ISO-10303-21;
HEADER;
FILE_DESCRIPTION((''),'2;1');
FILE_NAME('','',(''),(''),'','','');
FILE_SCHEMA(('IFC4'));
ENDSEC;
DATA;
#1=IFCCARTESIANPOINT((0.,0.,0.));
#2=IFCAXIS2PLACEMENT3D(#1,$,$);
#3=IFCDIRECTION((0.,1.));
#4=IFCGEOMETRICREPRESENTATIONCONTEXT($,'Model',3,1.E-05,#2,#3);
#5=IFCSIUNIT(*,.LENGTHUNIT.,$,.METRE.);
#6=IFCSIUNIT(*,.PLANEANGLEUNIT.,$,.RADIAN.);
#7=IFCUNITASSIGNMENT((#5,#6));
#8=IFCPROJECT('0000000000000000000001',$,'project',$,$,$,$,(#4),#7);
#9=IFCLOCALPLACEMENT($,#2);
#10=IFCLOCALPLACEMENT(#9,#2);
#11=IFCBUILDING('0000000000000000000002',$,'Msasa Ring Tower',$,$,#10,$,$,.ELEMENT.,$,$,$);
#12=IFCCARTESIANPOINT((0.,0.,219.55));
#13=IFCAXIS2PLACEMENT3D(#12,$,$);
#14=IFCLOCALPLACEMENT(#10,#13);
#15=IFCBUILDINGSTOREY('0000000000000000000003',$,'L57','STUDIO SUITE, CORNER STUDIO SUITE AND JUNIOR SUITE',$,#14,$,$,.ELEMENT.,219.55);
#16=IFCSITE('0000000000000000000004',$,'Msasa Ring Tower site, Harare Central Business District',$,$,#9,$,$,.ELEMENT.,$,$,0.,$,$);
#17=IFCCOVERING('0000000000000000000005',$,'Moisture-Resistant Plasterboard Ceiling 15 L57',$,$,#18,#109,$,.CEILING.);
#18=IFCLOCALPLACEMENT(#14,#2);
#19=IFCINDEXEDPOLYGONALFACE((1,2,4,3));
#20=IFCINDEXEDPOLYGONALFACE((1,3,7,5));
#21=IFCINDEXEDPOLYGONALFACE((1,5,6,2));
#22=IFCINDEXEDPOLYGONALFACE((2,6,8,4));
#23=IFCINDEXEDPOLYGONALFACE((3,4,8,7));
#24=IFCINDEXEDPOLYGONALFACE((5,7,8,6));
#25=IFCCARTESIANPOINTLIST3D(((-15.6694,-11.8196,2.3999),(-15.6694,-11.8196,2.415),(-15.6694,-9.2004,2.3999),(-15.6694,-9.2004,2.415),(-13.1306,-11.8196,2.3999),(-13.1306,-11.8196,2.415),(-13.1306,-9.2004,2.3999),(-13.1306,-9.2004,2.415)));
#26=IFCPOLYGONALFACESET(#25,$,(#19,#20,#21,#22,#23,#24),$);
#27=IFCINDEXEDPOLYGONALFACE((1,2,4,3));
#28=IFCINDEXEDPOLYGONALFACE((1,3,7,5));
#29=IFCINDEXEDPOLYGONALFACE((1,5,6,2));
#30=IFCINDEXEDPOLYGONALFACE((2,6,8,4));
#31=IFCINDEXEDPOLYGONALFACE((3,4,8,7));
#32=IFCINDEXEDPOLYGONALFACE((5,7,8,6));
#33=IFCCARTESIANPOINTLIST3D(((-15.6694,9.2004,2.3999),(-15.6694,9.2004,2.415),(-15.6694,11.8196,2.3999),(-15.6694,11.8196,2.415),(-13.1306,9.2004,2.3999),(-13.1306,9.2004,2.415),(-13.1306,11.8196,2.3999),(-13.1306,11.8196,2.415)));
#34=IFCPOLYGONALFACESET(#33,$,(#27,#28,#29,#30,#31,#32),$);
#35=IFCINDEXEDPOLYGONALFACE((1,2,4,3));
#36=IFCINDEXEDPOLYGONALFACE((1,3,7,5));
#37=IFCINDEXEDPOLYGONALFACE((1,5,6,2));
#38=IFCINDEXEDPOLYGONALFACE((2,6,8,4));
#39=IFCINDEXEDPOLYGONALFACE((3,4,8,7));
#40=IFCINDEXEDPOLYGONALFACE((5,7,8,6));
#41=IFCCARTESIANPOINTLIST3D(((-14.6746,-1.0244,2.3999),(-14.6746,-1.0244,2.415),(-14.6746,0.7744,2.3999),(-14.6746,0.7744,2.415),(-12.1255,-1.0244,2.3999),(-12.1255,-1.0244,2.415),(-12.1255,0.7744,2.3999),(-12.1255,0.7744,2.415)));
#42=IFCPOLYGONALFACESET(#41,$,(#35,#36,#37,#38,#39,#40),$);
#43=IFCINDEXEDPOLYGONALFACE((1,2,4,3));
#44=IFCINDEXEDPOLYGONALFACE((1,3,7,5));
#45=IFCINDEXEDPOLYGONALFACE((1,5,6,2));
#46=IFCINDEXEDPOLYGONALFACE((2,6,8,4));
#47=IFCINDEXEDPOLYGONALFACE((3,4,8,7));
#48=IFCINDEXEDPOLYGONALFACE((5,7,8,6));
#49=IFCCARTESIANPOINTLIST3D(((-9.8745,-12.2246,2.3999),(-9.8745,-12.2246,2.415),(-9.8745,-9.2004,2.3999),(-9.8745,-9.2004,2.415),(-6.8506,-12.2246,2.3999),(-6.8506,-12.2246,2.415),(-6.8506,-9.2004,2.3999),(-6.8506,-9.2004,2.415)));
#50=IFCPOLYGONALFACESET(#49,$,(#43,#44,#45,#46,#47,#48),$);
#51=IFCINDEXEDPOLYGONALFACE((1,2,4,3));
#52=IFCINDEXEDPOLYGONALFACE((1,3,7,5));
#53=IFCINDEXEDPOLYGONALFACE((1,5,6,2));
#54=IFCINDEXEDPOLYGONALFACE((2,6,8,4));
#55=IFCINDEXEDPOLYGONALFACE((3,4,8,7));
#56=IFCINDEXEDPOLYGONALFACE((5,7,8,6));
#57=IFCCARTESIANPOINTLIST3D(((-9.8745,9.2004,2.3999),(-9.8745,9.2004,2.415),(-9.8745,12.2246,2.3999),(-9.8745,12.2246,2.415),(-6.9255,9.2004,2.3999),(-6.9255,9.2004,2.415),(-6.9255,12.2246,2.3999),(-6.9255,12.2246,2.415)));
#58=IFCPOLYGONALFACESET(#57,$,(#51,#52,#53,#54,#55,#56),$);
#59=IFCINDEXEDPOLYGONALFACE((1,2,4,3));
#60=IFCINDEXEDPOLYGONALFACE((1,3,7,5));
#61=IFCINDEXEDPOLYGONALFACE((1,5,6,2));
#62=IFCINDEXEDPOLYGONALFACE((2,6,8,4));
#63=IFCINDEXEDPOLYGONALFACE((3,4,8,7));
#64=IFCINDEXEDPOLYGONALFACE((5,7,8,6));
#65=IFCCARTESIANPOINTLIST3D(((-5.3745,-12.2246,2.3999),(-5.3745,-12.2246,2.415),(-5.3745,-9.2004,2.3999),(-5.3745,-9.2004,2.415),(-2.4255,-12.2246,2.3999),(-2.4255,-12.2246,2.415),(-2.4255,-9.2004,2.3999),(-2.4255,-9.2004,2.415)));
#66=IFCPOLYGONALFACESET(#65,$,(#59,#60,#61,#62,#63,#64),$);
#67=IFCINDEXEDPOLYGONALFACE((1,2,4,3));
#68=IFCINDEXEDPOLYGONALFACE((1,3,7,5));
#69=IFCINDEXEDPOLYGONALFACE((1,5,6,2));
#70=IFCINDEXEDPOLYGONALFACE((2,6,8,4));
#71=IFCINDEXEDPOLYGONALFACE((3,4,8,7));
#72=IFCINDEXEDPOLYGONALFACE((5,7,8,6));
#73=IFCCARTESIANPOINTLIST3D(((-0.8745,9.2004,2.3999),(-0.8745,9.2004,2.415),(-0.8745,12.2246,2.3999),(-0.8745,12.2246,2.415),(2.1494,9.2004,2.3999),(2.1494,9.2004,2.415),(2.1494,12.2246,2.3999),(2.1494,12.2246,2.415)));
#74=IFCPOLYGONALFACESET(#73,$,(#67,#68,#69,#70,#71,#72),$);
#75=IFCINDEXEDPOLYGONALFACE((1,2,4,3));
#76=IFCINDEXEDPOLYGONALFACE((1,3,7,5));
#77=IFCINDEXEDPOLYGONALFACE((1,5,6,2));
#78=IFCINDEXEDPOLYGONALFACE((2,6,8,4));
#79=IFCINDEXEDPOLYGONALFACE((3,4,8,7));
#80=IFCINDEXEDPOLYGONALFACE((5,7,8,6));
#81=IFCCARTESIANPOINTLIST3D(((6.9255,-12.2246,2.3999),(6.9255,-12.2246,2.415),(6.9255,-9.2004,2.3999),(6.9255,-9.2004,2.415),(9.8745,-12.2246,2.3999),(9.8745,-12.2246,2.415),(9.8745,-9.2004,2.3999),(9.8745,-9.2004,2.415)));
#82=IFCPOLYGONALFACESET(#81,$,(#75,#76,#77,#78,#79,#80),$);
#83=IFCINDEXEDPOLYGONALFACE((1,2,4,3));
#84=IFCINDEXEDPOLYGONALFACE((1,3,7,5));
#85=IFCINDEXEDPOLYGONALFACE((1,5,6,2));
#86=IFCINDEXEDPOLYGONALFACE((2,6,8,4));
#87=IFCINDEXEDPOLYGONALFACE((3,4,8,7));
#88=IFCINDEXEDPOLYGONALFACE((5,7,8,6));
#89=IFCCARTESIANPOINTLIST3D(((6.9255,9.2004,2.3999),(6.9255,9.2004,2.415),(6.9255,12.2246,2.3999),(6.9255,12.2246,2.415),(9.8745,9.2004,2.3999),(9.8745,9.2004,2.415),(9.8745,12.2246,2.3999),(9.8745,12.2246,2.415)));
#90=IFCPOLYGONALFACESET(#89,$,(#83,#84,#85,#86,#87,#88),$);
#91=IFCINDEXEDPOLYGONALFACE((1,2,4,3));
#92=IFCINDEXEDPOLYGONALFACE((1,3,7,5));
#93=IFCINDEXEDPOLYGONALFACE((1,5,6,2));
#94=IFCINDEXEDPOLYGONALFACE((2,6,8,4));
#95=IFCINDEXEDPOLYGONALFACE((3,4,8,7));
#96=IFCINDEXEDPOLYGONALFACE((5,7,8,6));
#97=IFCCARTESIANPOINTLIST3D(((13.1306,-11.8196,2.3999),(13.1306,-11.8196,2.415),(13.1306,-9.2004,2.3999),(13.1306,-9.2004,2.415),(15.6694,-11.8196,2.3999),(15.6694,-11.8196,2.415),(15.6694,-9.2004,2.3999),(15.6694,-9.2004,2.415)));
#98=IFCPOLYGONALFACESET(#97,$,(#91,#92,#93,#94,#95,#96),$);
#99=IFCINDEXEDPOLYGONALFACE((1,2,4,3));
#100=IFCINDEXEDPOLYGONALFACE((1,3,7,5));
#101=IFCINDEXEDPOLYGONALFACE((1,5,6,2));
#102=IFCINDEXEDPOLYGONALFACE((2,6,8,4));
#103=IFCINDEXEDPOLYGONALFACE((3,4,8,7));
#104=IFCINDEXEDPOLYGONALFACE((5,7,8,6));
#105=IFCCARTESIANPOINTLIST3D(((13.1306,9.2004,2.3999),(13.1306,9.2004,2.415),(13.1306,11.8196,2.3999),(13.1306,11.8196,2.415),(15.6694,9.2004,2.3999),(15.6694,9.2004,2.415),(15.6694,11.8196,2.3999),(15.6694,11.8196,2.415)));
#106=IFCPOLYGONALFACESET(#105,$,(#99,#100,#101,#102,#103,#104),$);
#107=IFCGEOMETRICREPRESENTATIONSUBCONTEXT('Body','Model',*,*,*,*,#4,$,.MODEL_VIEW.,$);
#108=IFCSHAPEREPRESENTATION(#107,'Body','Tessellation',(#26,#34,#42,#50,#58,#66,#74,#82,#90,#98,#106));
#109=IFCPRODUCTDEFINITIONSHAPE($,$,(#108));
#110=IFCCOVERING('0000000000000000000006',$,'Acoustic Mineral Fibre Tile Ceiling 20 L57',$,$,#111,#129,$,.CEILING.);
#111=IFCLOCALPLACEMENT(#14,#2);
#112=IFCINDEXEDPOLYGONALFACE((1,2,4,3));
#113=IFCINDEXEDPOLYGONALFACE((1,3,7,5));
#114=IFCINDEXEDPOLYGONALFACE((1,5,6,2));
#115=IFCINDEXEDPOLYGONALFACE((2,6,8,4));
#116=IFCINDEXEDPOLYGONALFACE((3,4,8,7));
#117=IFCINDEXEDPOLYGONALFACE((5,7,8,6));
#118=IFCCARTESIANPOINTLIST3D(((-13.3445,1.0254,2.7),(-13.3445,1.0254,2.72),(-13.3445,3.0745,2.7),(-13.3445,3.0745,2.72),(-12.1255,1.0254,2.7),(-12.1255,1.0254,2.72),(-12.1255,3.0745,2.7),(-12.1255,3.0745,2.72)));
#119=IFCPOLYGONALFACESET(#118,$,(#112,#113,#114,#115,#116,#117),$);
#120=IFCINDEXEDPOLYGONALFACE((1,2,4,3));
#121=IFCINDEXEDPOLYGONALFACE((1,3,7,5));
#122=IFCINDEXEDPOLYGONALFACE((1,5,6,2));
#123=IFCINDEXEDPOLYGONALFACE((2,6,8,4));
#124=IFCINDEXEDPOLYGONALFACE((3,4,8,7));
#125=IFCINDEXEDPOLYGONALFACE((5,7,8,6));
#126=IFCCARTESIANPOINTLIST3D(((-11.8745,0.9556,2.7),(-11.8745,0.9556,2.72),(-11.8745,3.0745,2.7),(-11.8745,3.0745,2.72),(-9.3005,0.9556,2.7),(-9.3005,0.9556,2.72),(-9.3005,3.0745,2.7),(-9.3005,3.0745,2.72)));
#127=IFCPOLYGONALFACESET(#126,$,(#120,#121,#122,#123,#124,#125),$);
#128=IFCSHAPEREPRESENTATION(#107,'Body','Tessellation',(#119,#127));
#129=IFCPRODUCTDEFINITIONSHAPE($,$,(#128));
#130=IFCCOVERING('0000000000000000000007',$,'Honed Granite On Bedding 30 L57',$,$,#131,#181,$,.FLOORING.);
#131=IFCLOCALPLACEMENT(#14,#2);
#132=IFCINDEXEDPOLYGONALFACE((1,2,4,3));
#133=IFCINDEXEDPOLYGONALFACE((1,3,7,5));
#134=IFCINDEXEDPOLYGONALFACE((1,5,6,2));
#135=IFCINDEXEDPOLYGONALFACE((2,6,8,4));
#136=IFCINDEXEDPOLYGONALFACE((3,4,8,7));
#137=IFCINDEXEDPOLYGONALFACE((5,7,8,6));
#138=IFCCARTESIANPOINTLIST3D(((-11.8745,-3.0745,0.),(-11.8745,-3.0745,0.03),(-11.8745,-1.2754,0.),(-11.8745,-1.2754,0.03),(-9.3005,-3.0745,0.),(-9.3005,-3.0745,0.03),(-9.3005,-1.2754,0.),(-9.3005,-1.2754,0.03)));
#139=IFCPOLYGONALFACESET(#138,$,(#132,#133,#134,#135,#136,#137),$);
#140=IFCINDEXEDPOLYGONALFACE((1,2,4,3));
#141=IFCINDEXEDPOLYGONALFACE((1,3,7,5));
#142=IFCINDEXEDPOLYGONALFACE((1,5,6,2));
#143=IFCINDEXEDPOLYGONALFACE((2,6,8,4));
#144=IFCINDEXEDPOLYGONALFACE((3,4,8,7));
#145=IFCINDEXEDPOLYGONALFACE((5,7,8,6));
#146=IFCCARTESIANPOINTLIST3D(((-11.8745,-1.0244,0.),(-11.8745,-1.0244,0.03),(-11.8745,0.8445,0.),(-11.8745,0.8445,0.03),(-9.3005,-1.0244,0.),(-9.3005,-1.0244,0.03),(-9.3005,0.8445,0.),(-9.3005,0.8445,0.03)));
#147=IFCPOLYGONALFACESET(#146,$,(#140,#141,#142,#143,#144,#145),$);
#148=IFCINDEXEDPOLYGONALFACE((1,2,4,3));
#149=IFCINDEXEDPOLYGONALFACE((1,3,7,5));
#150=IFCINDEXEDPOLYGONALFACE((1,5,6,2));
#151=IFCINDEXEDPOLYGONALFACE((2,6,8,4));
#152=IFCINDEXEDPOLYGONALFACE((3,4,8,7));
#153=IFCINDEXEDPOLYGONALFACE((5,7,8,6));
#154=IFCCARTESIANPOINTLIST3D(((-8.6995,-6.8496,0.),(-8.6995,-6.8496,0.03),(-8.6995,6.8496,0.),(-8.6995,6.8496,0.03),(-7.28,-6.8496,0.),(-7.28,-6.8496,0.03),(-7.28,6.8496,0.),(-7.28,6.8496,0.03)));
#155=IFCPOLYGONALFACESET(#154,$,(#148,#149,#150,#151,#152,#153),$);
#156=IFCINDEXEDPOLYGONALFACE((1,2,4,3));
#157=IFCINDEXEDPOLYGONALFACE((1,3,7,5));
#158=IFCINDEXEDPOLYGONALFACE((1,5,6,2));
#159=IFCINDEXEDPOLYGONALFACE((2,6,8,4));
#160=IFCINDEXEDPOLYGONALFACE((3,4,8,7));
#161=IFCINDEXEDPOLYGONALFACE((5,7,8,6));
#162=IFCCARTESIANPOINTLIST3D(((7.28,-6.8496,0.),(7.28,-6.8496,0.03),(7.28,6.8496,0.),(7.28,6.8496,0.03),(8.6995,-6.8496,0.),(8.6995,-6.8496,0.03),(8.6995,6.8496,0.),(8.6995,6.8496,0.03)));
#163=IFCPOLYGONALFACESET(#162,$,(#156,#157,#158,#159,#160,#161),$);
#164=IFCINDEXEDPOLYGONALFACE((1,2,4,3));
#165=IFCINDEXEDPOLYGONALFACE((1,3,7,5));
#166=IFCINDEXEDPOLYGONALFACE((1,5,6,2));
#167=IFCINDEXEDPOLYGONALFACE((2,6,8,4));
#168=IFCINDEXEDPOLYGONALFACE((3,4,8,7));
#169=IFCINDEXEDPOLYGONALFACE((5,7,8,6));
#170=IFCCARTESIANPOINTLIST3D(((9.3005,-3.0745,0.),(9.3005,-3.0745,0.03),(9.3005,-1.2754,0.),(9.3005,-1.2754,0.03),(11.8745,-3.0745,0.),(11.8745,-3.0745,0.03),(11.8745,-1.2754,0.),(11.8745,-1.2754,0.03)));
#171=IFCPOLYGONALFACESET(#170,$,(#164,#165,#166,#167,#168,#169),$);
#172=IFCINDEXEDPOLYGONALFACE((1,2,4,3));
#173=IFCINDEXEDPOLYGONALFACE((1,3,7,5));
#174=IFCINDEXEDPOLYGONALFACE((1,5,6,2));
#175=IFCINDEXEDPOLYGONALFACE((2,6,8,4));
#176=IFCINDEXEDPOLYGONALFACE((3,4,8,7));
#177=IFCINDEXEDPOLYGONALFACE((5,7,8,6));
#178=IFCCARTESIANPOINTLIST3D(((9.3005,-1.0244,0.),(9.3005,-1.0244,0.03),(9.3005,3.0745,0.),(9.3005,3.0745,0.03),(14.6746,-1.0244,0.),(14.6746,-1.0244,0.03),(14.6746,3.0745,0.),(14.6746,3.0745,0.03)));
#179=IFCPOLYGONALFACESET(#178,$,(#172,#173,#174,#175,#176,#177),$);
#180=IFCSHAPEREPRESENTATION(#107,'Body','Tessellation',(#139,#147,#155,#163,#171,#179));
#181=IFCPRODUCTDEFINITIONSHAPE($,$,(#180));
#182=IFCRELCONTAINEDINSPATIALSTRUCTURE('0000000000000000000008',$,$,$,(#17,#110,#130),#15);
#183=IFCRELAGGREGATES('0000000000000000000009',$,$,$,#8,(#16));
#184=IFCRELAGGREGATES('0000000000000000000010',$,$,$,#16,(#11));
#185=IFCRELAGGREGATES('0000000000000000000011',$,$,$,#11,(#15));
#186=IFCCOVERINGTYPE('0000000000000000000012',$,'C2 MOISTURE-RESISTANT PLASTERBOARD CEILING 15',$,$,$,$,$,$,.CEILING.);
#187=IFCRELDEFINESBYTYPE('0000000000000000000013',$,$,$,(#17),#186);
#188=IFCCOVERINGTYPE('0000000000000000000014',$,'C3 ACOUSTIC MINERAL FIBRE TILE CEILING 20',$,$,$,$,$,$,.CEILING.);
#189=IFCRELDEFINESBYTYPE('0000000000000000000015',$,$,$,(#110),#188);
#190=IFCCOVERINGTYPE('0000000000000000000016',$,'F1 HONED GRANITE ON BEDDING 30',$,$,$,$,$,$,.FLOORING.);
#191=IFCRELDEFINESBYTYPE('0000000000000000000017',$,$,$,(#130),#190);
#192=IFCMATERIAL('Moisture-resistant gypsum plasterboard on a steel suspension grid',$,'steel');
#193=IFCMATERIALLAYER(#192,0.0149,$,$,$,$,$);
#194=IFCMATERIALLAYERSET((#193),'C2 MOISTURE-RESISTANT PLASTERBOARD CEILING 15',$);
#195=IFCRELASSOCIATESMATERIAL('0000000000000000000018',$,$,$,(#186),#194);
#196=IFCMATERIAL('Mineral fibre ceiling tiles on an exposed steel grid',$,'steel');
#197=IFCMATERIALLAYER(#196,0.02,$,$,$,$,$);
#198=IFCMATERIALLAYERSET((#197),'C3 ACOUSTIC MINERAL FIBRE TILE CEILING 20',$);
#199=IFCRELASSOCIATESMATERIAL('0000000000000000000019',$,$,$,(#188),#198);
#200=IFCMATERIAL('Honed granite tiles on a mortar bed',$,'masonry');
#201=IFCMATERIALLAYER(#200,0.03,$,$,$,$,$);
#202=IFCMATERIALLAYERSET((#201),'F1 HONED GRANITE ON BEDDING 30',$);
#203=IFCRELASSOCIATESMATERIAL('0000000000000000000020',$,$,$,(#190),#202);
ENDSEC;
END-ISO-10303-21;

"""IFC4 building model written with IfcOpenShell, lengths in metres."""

from ifc_helpers import new_model, si_unit, direction, frame, origin, place, context, subcontext, project, spatial, line, indexed_curve, outline, extrude, material, layer, layer_set, type_object, element, save


model = new_model("IFC4")

# Units and contexts
model_context = context("Model", 3, precision=1e-05, world=origin(), true_north=direction((0.0, 1.0)))
body_context = subcontext(model_context, "Body", "Model", "MODEL_VIEW")
ifc_project = project(units=[si_unit("LENGTHUNIT", "METRE"), si_unit("PLANEANGLEUNIT", "RADIAN")], contexts=[model_context])

# Site, building, storey
site_placement = place(None, origin())
site = spatial("IfcSite", under=ifc_project, at=site_placement, Name="Msasa Ring Tower site, Harare Central Business District", CompositionType="ELEMENT", RefElevation=0.0)
building_placement = place(site_placement, origin())
building = spatial("IfcBuilding", under=site, at=building_placement, Name="Msasa Ring Tower", CompositionType="ELEMENT")
storey_placement = place(building_placement, frame((0.0, 0.0, 219.55)))
storey = spatial("IfcBuildingStorey", under=building, at=storey_placement, Name="L57", Description="STUDIO SUITE, CORNER STUDIO SUITE AND JUNIOR SUITE", CompositionType="ELEMENT", Elevation=219.55)

# Coverings
ifc_material_1 = material(Name="Moisture-resistant gypsum plasterboard on a steel suspension grid", Category="steel")
ifc_layer_1 = layer(ifc_material_1, 0.0149)
ifc_layer_set_1 = layer_set([ifc_layer_1], Name="C2 MOISTURE-RESISTANT PLASTERBOARD CEILING 15")
covering_type_1 = type_object("IfcCoveringType", Name="C2 MOISTURE-RESISTANT PLASTERBOARD CEILING 15", PredefinedType="CEILING", material=ifc_layer_set_1)
covering_1_placement = place(storey_placement, frame((0.0, 0.0, 2.3999)))
element("IfcCovering", 1, at=covering_1_placement, inside=storey, type_object=covering_type_1, Name="Moisture-Resistant Plasterboard Ceiling 15 L57", PredefinedType="CEILING", context=body_context, shape_type="SweptSolid", body=[
    extrude(outline(indexed_curve([(-15.6694, -11.8196), (-15.6694, -9.2004), (-13.1306, -9.2004), (-13.1306, -11.8196)], segments=[line(1, 2, 3, 4, 1)], self_intersect=False)), origin(), (0.0, 0.0, 1.0), 0.0151),
    extrude(outline(indexed_curve([(-15.6694, 11.8196), (-13.1306, 11.8196), (-13.1306, 9.2004), (-15.6694, 9.2004)], segments=[line(1, 2, 3, 4, 1)], self_intersect=False)), origin(), (0.0, 0.0, 1.0), 0.0151),
    extrude(outline(indexed_curve([(-14.6746, 0.7744), (-12.1255, 0.7744), (-12.1255, -1.0244), (-14.6746, -1.0244)], segments=[line(1, 2, 3, 4, 1)], self_intersect=False)), origin(), (0.0, 0.0, 1.0), 0.0151),
    extrude(outline(indexed_curve([(-6.8506, -9.2004), (-6.8506, -12.2246), (-9.8745, -12.2246), (-9.8745, -9.2004)], segments=[line(1, 2, 3, 4, 1)], self_intersect=False)), origin(), (0.0, 0.0, 1.0), 0.0151),
    extrude(outline(indexed_curve([(-9.8745, 9.2004), (-9.8745, 12.2246), (-6.9255, 12.2246), (-6.9255, 9.2004)], segments=[line(1, 2, 3, 4, 1)], self_intersect=False)), origin(), (0.0, 0.0, 1.0), 0.0151),
    extrude(outline(indexed_curve([(-2.4255, -9.2004), (-2.4255, -12.2246), (-5.3745, -12.2246), (-5.3745, -9.2004)], segments=[line(1, 2, 3, 4, 1)], self_intersect=False)), origin(), (0.0, 0.0, 1.0), 0.0151),
    extrude(outline(indexed_curve([(2.1494, 9.2004), (-0.8745, 9.2004), (-0.8745, 12.2246), (2.1494, 12.2246)], segments=[line(1, 2, 3, 4, 1)], self_intersect=False)), origin(), (0.0, 0.0, 1.0), 0.0151),
    extrude(outline(indexed_curve([(9.8745, -9.2004), (9.8745, -12.2246), (6.9255, -12.2246), (6.9255, -9.2004)], segments=[line(1, 2, 3, 4, 1)], self_intersect=False)), origin(), (0.0, 0.0, 1.0), 0.0151),
    extrude(outline(indexed_curve([(6.9255, 9.2004), (6.9255, 12.2246), (9.8745, 12.2246), (9.8745, 9.2004)], segments=[line(1, 2, 3, 4, 1)], self_intersect=False)), origin(), (0.0, 0.0, 1.0), 0.0151),
    extrude(outline(indexed_curve([(13.1306, -9.2004), (15.6694, -9.2004), (15.6694, -11.8196), (13.1306, -11.8196)], segments=[line(1, 2, 3, 4, 1)], self_intersect=False)), origin(), (0.0, 0.0, 1.0), 0.0151),
    extrude(outline(indexed_curve([(13.1306, 9.2004), (13.1306, 11.8196), (15.6694, 11.8196), (15.6694, 9.2004)], segments=[line(1, 2, 3, 4, 1)], self_intersect=False)), origin(), (0.0, 0.0, 1.0), 0.0151),
])
ifc_material_2 = material(Name="Mineral fibre ceiling tiles on an exposed steel grid", Category="steel")
ifc_layer_2 = layer(ifc_material_2, 0.02)
ifc_layer_set_2 = layer_set([ifc_layer_2], Name="C3 ACOUSTIC MINERAL FIBRE TILE CEILING 20")
covering_type_2 = type_object("IfcCoveringType", Name="C3 ACOUSTIC MINERAL FIBRE TILE CEILING 20", PredefinedType="CEILING", material=ifc_layer_set_2)
covering_2_placement = place(storey_placement, frame((0.0, 0.0, 2.7)))
element("IfcCovering", 2, at=covering_2_placement, inside=storey, type_object=covering_type_2, Name="Acoustic Mineral Fibre Tile Ceiling 20 L57", PredefinedType="CEILING", context=body_context, shape_type="SweptSolid", body=[
    extrude(outline(indexed_curve([(-12.1255, 3.0745), (-12.1255, 1.0254), (-13.3445, 1.0254), (-13.3445, 3.0745)], segments=[line(1, 2, 3, 4, 1)], self_intersect=False)), origin(), (0.0, 0.0, 1.0), 0.02),
    extrude(outline(indexed_curve([(-9.3005, 3.0745), (-9.3005, 0.9556), (-11.8745, 0.9556), (-11.8745, 3.0745)], segments=[line(1, 2, 3, 4, 1)], self_intersect=False)), origin(), (0.0, 0.0, 1.0), 0.02),
])
ifc_material_3 = material(Name="Honed granite tiles on a mortar bed", Category="masonry")
ifc_layer_3 = layer(ifc_material_3, 0.03)
ifc_layer_set_3 = layer_set([ifc_layer_3], Name="F1 HONED GRANITE ON BEDDING 30")
covering_type_3 = type_object("IfcCoveringType", Name="F1 HONED GRANITE ON BEDDING 30", PredefinedType="FLOORING", material=ifc_layer_set_3)
covering_3_placement = place(storey_placement, origin())
element("IfcCovering", 3, at=covering_3_placement, inside=storey, type_object=covering_type_3, Name="Honed Granite On Bedding 30 L57", PredefinedType="FLOORING", context=body_context, shape_type="SweptSolid", body=[
    extrude(outline(indexed_curve([(-11.8745, -3.0745), (-11.8745, -1.2754), (-9.3005, -1.2754), (-9.3005, -3.0745)], segments=[line(1, 2, 3, 4, 1)], self_intersect=False)), origin(), (0.0, 0.0, 1.0), 0.03),
    extrude(outline(indexed_curve([(-11.8745, 0.8445), (-9.3005, 0.8445), (-9.3005, -1.0244), (-11.8745, -1.0244)], segments=[line(1, 2, 3, 4, 1)], self_intersect=False)), origin(), (0.0, 0.0, 1.0), 0.03),
    extrude(outline(indexed_curve([(-8.6995, -6.8496), (-8.6995, 6.8496), (-7.28, 6.8496), (-7.28, -6.8496)], segments=[line(1, 2, 3, 4, 1)], self_intersect=False)), origin(), (0.0, 0.0, 1.0), 0.03),
    extrude(outline(indexed_curve([(8.6995, 6.8496), (8.6995, -6.8496), (7.28, -6.8496), (7.28, 6.8496)], segments=[line(1, 2, 3, 4, 1)], self_intersect=False)), origin(), (0.0, 0.0, 1.0), 0.03),
    extrude(outline(indexed_curve([(9.3005, -1.2754), (11.8745, -1.2754), (11.8745, -3.0745), (9.3005, -3.0745)], segments=[line(1, 2, 3, 4, 1)], self_intersect=False)), origin(), (0.0, 0.0, 1.0), 0.03),
    extrude(outline(indexed_curve([(9.3005, 3.0745), (14.6746, 3.0745), (14.6746, -1.0244), (9.3005, -1.0244)], segments=[line(1, 2, 3, 4, 1)], self_intersect=False)), origin(), (0.0, 0.0, 1.0), 0.03),
])

save(model, "model.ifc")
